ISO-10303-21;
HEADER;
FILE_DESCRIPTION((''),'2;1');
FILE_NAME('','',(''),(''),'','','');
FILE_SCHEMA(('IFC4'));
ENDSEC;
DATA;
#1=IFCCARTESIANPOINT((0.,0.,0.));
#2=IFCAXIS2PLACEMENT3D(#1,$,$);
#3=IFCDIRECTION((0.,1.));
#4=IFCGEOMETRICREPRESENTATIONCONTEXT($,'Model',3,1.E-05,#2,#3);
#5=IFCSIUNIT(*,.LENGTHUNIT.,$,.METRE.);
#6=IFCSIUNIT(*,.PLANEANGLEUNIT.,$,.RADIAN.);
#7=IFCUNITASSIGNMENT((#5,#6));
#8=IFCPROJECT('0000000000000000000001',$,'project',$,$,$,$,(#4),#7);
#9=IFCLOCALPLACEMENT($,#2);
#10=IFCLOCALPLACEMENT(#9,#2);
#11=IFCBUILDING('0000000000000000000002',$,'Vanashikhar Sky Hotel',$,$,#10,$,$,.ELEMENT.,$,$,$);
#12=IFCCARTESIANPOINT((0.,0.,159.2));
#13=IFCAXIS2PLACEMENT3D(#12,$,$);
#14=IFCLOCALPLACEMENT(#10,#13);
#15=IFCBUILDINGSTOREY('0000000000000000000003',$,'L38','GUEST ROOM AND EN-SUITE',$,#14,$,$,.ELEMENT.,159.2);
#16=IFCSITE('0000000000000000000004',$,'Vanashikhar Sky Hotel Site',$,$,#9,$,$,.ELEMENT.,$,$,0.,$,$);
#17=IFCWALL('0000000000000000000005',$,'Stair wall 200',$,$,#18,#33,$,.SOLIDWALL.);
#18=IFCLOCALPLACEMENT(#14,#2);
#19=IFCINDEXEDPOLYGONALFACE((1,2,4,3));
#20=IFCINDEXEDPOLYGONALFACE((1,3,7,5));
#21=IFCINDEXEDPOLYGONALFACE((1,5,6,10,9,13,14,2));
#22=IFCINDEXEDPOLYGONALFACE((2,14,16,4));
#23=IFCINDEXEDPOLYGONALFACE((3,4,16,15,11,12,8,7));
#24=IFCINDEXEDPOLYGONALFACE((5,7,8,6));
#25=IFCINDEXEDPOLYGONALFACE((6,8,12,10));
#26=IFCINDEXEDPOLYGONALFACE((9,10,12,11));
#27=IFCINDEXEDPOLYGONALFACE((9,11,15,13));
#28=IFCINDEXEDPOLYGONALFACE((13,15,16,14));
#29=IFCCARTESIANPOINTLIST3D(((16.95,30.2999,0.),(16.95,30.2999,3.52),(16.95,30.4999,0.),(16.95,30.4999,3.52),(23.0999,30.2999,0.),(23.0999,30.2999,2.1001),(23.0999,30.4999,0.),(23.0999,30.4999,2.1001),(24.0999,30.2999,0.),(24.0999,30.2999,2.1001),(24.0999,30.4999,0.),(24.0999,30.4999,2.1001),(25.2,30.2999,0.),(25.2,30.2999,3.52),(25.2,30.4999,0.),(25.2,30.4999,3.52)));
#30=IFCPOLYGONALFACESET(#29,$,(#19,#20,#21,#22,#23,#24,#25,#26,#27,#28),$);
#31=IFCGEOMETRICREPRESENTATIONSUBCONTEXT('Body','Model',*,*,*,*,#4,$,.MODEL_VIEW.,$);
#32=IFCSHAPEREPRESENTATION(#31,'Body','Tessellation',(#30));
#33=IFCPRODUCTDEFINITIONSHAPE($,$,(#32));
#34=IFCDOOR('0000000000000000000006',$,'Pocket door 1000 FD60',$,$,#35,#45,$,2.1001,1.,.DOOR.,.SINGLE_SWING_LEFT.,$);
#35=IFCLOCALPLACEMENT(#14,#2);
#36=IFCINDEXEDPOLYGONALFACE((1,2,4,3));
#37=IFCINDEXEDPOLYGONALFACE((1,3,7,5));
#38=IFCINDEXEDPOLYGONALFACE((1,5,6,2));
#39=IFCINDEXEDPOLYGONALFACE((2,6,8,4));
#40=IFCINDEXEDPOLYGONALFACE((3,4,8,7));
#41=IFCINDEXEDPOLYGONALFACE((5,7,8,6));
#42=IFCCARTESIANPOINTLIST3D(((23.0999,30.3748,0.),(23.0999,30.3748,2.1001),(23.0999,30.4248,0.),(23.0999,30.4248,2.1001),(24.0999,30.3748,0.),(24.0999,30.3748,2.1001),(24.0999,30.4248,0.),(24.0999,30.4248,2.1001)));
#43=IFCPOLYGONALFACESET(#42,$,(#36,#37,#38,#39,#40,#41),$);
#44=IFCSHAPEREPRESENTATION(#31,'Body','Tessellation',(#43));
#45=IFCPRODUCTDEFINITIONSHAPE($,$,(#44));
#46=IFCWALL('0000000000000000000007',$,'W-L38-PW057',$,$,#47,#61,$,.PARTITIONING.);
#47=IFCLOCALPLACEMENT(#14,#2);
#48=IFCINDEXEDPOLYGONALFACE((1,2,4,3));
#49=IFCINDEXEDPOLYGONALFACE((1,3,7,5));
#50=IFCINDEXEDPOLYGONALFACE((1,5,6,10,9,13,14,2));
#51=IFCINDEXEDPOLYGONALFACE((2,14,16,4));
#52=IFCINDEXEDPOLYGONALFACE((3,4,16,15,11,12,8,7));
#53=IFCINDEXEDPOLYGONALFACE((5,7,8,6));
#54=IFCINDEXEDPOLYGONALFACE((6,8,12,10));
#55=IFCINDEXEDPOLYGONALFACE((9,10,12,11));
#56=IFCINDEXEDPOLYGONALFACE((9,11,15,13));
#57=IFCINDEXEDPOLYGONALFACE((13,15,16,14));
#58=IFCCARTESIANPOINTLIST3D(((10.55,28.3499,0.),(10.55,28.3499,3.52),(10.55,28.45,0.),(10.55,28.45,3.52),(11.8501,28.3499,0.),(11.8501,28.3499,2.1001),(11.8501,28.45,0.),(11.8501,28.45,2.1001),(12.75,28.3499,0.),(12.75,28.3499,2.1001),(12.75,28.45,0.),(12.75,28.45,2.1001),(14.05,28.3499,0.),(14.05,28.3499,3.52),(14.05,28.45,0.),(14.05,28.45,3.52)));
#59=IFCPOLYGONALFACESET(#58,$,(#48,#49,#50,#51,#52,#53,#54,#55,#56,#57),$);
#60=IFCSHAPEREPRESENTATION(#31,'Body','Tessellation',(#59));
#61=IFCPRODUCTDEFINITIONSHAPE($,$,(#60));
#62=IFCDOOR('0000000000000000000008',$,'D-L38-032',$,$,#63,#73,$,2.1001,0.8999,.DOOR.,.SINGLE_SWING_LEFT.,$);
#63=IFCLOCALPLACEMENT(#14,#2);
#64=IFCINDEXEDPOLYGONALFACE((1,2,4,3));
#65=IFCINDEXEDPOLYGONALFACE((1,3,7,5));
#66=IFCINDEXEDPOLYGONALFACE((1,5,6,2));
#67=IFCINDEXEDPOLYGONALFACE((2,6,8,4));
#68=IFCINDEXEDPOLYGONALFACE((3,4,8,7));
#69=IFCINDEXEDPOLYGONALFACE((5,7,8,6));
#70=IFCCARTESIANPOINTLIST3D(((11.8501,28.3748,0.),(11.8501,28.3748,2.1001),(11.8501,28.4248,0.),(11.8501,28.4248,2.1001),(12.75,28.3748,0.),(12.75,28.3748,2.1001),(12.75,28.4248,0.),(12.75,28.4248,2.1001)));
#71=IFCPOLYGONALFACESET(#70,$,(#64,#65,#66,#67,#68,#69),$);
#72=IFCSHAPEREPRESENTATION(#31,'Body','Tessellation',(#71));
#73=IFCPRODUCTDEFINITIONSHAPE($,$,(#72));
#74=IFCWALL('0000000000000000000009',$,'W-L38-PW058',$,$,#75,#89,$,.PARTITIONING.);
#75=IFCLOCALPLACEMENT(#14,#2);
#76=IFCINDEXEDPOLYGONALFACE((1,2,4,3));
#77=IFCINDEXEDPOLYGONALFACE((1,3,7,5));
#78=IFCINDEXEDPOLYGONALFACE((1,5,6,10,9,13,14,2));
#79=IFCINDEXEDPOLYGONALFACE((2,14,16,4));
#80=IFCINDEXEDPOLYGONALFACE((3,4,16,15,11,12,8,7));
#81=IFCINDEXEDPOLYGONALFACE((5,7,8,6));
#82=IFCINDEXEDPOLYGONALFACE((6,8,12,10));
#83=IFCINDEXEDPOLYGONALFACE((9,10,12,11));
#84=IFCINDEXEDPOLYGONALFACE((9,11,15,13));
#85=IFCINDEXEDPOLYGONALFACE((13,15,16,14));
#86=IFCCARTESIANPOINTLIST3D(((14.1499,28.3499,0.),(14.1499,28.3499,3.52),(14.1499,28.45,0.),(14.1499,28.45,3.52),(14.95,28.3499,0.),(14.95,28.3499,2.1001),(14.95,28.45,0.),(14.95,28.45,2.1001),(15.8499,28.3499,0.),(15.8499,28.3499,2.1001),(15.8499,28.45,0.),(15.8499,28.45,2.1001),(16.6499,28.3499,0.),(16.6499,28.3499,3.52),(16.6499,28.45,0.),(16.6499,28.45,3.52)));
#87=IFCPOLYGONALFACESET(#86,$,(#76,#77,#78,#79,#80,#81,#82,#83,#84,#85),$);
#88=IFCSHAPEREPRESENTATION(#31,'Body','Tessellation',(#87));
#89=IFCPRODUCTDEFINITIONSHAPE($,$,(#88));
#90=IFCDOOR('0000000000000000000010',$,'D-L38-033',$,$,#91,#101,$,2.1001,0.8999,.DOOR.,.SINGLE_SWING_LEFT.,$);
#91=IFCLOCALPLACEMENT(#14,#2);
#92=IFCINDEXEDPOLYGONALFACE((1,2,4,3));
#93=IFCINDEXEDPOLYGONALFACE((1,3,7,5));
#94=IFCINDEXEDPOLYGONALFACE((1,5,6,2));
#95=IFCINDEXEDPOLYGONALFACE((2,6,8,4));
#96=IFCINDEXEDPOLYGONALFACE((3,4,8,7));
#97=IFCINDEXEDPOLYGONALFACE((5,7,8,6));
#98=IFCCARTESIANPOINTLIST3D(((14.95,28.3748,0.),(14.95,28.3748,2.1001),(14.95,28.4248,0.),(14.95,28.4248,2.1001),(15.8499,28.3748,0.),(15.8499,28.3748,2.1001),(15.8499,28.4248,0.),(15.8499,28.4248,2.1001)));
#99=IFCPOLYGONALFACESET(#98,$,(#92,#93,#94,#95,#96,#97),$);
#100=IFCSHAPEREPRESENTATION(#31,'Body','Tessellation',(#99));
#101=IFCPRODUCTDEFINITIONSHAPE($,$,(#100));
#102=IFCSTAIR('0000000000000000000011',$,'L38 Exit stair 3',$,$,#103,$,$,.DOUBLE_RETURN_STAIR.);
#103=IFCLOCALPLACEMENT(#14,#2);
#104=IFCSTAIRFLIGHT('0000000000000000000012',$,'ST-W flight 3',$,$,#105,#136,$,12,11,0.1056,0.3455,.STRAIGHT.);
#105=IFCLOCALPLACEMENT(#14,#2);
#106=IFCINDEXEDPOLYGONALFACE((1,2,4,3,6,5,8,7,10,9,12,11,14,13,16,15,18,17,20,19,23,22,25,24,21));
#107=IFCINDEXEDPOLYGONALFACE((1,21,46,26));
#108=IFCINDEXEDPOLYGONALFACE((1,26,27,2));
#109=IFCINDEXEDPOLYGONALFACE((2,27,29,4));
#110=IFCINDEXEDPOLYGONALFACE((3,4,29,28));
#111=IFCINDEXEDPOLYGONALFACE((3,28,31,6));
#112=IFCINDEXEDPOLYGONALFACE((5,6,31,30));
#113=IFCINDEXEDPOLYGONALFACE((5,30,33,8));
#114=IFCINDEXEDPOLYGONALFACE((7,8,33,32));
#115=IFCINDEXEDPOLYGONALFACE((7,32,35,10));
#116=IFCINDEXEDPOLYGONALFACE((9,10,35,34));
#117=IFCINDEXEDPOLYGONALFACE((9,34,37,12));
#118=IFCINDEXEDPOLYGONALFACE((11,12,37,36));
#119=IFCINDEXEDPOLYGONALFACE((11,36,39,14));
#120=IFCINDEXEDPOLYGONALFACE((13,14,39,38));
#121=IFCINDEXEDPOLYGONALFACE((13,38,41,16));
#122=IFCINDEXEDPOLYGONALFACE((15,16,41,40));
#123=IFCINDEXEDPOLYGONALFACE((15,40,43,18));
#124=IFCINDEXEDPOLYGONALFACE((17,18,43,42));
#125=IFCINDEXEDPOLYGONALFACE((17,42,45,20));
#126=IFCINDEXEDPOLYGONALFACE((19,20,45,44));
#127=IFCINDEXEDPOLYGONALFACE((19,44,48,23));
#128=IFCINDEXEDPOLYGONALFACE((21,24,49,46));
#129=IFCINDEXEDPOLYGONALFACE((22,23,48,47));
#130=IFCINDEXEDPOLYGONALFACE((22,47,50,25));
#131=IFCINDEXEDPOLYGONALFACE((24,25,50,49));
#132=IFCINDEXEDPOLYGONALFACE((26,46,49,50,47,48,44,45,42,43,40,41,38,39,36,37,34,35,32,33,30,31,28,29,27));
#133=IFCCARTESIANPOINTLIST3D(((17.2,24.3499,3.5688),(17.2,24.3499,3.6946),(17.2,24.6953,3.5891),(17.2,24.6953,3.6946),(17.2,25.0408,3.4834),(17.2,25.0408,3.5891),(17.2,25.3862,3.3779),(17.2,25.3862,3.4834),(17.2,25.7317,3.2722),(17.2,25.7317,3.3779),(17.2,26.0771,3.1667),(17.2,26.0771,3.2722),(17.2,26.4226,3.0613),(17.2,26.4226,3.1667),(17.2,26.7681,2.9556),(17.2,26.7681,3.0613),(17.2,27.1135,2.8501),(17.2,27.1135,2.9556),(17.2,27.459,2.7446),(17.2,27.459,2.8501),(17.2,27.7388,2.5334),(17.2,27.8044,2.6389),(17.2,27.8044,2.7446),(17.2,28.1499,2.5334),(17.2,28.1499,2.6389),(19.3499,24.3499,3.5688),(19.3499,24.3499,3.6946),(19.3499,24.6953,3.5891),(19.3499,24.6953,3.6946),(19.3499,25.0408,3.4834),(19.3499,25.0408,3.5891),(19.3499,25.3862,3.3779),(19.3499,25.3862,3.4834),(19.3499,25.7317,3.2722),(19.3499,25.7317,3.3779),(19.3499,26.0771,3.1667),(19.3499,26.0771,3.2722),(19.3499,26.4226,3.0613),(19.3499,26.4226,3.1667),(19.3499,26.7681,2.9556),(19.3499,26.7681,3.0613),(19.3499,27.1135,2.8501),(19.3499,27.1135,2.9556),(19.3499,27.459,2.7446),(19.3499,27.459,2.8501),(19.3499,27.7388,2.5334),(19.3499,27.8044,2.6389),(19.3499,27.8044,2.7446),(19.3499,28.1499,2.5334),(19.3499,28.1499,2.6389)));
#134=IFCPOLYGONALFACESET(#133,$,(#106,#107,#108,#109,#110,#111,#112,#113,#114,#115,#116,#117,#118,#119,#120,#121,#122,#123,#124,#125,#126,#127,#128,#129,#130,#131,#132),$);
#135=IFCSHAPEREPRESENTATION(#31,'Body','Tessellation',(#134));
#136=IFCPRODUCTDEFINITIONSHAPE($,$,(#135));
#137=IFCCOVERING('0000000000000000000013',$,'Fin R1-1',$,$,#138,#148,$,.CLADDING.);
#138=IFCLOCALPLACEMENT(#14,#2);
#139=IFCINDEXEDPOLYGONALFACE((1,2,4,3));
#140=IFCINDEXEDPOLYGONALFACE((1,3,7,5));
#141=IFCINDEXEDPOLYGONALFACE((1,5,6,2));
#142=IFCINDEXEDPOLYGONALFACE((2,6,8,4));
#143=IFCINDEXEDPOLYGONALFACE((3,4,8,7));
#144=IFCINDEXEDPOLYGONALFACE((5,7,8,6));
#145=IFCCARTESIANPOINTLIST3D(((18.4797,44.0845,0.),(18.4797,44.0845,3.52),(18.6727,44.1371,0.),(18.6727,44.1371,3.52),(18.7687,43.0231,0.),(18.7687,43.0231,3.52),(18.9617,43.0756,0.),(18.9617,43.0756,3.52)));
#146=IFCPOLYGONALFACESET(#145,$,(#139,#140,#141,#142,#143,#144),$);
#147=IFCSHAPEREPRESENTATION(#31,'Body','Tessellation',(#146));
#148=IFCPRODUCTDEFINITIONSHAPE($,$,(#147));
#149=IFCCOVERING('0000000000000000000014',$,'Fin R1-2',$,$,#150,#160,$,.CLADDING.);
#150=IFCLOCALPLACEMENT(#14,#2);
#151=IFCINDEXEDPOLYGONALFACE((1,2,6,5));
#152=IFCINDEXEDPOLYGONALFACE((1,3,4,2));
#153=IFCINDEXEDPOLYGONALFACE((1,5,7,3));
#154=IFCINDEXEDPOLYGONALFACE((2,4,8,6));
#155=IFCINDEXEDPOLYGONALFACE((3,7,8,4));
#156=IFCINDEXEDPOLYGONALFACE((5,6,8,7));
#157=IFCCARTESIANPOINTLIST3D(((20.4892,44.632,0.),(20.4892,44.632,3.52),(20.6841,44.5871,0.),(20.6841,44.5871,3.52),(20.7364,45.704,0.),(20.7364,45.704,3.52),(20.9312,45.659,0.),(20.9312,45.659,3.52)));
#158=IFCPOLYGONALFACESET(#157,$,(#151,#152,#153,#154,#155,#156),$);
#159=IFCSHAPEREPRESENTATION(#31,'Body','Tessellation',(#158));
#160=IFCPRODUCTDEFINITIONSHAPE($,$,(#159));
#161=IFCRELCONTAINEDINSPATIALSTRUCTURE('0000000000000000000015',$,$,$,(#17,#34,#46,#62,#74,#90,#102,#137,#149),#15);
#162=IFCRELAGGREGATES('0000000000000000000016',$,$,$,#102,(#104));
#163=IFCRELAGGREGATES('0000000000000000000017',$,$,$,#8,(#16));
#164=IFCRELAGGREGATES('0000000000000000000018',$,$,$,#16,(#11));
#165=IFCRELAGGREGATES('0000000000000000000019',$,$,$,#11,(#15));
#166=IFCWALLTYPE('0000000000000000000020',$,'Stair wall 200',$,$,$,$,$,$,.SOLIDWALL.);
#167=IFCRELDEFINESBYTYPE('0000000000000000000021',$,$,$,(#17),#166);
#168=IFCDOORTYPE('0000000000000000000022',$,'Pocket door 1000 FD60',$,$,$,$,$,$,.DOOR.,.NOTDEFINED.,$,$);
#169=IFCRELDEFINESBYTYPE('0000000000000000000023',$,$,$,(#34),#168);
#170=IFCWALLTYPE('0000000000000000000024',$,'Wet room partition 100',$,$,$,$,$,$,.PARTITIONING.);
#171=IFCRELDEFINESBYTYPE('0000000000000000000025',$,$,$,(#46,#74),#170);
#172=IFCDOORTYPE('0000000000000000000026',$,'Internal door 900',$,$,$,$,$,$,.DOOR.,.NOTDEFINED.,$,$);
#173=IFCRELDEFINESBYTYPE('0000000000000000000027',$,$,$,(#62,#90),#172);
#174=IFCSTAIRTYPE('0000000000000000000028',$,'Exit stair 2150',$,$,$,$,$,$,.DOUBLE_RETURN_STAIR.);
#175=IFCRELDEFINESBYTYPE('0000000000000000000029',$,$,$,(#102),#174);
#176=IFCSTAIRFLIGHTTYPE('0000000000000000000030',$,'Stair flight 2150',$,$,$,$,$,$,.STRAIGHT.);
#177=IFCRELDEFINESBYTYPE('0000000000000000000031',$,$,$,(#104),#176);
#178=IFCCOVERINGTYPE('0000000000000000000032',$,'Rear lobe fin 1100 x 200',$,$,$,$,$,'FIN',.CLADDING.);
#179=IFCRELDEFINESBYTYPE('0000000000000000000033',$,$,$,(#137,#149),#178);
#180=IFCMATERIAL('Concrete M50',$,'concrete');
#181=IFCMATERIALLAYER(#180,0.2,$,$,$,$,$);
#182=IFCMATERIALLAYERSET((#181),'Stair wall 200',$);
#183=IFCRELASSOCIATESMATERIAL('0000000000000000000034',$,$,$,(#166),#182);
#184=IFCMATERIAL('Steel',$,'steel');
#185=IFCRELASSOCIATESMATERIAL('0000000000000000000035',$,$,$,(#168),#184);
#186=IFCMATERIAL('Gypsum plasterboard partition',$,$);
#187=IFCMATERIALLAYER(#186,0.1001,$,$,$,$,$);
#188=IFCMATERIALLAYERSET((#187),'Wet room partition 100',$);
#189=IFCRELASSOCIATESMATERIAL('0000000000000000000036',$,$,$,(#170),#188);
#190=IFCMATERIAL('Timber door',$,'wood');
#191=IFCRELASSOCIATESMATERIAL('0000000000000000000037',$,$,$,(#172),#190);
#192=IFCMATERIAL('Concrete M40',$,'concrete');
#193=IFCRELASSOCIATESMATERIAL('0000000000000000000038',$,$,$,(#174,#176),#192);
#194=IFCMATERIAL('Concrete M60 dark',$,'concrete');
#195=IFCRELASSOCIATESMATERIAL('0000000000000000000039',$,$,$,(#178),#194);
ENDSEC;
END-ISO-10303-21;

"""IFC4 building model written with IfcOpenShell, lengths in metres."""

from ifc_helpers import new_model, si_unit, direction, frame, frame_2d, origin, origin_2d, place, context, subcontext, project, spatial, polyline, rectangle, outline, extrude, source, transform, mapped, material, layer, layer_set, material_profile, profile_set, type_object, element, fill, aggregate, save


model = new_model("IFC4")

# Units and contexts
model_context = context("Model", 3, precision=1e-05, world=origin(), true_north=direction((0.0, 1.0)))
body_context = subcontext(model_context, "Body", "Model", "MODEL_VIEW")
ifc_project = project(units=[si_unit("LENGTHUNIT", "METRE"), si_unit("PLANEANGLEUNIT", "RADIAN")], contexts=[model_context])

# Site, building, storey
site_placement = place(None, origin())
site = spatial("IfcSite", under=ifc_project, at=site_placement, Name="Vanashikhar Sky Hotel Site", CompositionType="ELEMENT", RefElevation=0.0)
building_placement = place(site_placement, origin())
building = spatial("IfcBuilding", under=site, at=building_placement, Name="Vanashikhar Sky Hotel", CompositionType="ELEMENT")
storey_placement = place(building_placement, frame((0.0, 0.0, 159.2)))
storey = spatial("IfcBuildingStorey", under=building, at=storey_placement, Name="L38", Description="GUEST ROOM AND EN-SUITE", CompositionType="ELEMENT", Elevation=159.2)

# Shared definitions
ifc_material_1 = material(Name="Concrete M50", Category="concrete")

# Walls, openings, doors
ifc_layer_1 = layer(ifc_material_1, 0.2)
ifc_layer_set_1 = layer_set([ifc_layer_1], Name="Stair wall 200")
wall_type_1 = type_object("IfcWallType", Name="Stair wall 200", PredefinedType="SOLIDWALL", material=ifc_layer_set_1)
shared_shape_1 = source(origin(), body_context, "Body", "SweptSolid", [
    extrude(rectangle(XDim=8.25, YDim=0.2, at=frame_2d((4.125, 0.0))), origin(), (0.0, 0.0, 1.0), 3.52),
])
wall_1_placement = place(storey_placement, frame((16.95, 30.3999, 0.0), z_axis=(0.0, 0.0, 1.0), x_axis=(1.0, 0.0, 0.0)))
wall_1 = element("IfcWall", 1, at=wall_1_placement, inside=storey, type_object=wall_type_1, Name="Stair wall 200", PredefinedType="SOLIDWALL", context=body_context, shape_type="MappedRepresentation", body=[
    mapped(shared_shape_1, transform((0.0, 0.0, 0.0), scale=1.0)),
])
shared_shape_2 = source(origin(), body_context, "Body", "SweptSolid", [
    extrude(rectangle(XDim=1.0, YDim=2.1001, at=frame_2d((0.5, 1.05))), frame((0.0, 0.1099, 0.0), z_axis=(0.0, -1.0, 0.0), x_axis=(1.0, 0.0, 0.0)), (0.0, 0.0, 1.0), 0.22),
])
opening_1_placement = place(wall_1_placement, frame((6.1499, 0.0, 0.0)))
opening_1 = element("IfcOpeningElement", 2, at=opening_1_placement, cuts=wall_1, PredefinedType="OPENING", context=body_context, shape_type="MappedRepresentation", body=[
    mapped(shared_shape_2, transform((0.0, 0.0, 0.0), scale=1.0)),
])
ifc_material_2 = material(Name="Steel", Category="steel")
door_type_1 = type_object("IfcDoorType", Name="Pocket door 1000 FD60", OperationType="NOTDEFINED", PredefinedType="DOOR", material=ifc_material_2)
shared_shape_3 = source(origin(), body_context, "Body", "SweptSolid", [
    extrude(rectangle(XDim=1.0, YDim=2.1001, at=frame_2d((0.5, 1.05))), frame((0.0, 0.0249, 0.0), z_axis=(0.0, -1.0, 0.0), x_axis=(1.0, 0.0, 0.0)), (0.0, 0.0, 1.0), 0.05),
])
door_1_placement = place(opening_1_placement, origin())
door_1 = element("IfcDoor", 3, at=door_1_placement, inside=storey, type_object=door_type_1, Name="Pocket door 1000 FD60", OperationType="SINGLE_SWING_LEFT", OverallHeight=2.1001, OverallWidth=1.0, PredefinedType="DOOR", context=body_context, shape_type="MappedRepresentation", body=[
    mapped(shared_shape_3, transform((0.0, 0.0, 0.0), scale=1.0)),
])
fill(opening_1, door_1)
ifc_material_3 = material(Name="Gypsum plasterboard partition")
ifc_layer_2 = layer(ifc_material_3, 0.1001)
ifc_layer_set_2 = layer_set([ifc_layer_2], Name="Wet room partition 100")
wall_type_2 = type_object("IfcWallType", Name="Wet room partition 100", PredefinedType="PARTITIONING", material=ifc_layer_set_2)
shared_shape_4 = source(origin(), body_context, "Body", "SweptSolid", [
    extrude(rectangle(XDim=3.5, YDim=0.1001, at=frame_2d((1.75, 0.0))), origin(), (0.0, 0.0, 1.0), 3.52),
])
wall_2_placement = place(storey_placement, frame((10.55, 28.3999, 0.0), z_axis=(0.0, 0.0, 1.0), x_axis=(1.0, 0.0, 0.0)))
wall_2 = element("IfcWall", 4, at=wall_2_placement, inside=storey, type_object=wall_type_2, Name="W-L38-PW057", PredefinedType="PARTITIONING", context=body_context, shape_type="MappedRepresentation", body=[
    mapped(shared_shape_4, transform((0.0, 0.0, 0.0), scale=1.0)),
])
shared_shape_5 = source(origin(), body_context, "Body", "SweptSolid", [
    extrude(rectangle(XDim=0.8999, YDim=2.1001, at=frame_2d((0.45, 1.05))), frame((0.0, 0.0601, 0.0), z_axis=(0.0, -1.0, 0.0), x_axis=(1.0, 0.0, 0.0)), (0.0, 0.0, 1.0), 0.1201),
])
opening_2_placement = place(wall_2_placement, frame((1.3, 0.0, 0.0)))
opening_2 = element("IfcOpeningElement", 5, at=opening_2_placement, cuts=wall_2, PredefinedType="OPENING", context=body_context, shape_type="MappedRepresentation", body=[
    mapped(shared_shape_5, transform((0.0, 0.0, 0.0), scale=1.0)),
])
ifc_material_4 = material(Name="Timber door", Category="wood")
door_type_2 = type_object("IfcDoorType", Name="Internal door 900", OperationType="NOTDEFINED", PredefinedType="DOOR", material=ifc_material_4)
shared_shape_6 = source(origin(), body_context, "Body", "SweptSolid", [
    extrude(rectangle(XDim=0.8999, YDim=2.1001, at=frame_2d((0.45, 1.05))), frame((0.0, 0.0249, 0.0), z_axis=(0.0, -1.0, 0.0), x_axis=(1.0, 0.0, 0.0)), (0.0, 0.0, 1.0), 0.05),
])
door_2_placement = place(opening_2_placement, origin())
door_2 = element("IfcDoor", 6, at=door_2_placement, inside=storey, type_object=door_type_2, Name="D-L38-032", OperationType="SINGLE_SWING_LEFT", OverallHeight=2.1001, OverallWidth=0.8999, PredefinedType="DOOR", context=body_context, shape_type="MappedRepresentation", body=[
    mapped(shared_shape_6, transform((0.0, 0.0, 0.0), scale=1.0)),
])
fill(opening_2, door_2)
shared_shape_7 = source(origin(), body_context, "Body", "SweptSolid", [
    extrude(rectangle(XDim=2.5, YDim=0.1001, at=frame_2d((1.25, 0.0))), origin(), (0.0, 0.0, 1.0), 3.52),
])
wall_3_placement = place(storey_placement, frame((14.1499, 28.3999, 0.0), z_axis=(0.0, 0.0, 1.0), x_axis=(1.0, 0.0, 0.0)))
wall_3 = element("IfcWall", 7, at=wall_3_placement, inside=storey, type_object=wall_type_2, Name="W-L38-PW058", PredefinedType="PARTITIONING", context=body_context, shape_type="MappedRepresentation", body=[
    mapped(shared_shape_7, transform((0.0, 0.0, 0.0), scale=1.0)),
])
opening_3_placement = place(wall_3_placement, frame((0.8, 0.0, 0.0)))
opening_3 = element("IfcOpeningElement", 8, at=opening_3_placement, cuts=wall_3, PredefinedType="OPENING", context=body_context, shape_type="MappedRepresentation", body=[
    mapped(shared_shape_5, transform((0.0, 0.0, 0.0), scale=1.0)),
])
door_3_placement = place(opening_3_placement, origin())
door_3 = element("IfcDoor", 9, at=door_3_placement, inside=storey, type_object=door_type_2, Name="D-L38-033", OperationType="SINGLE_SWING_LEFT", OverallHeight=2.1001, OverallWidth=0.8999, PredefinedType="DOOR", context=body_context, shape_type="MappedRepresentation", body=[
    mapped(shared_shape_6, transform((0.0, 0.0, 0.0), scale=1.0)),
])
fill(opening_3, door_3)

# Stair, stair flight
ifc_material_5 = material(Name="Concrete M40", Category="concrete")
stair_type = type_object("IfcStairType", Name="Exit stair 2150", PredefinedType="DOUBLE_RETURN_STAIR", material=ifc_material_5)
stair_placement = place(storey_placement, origin())
stair = element("IfcStair", 10, at=stair_placement, inside=storey, type_object=stair_type, Name="L38 Exit stair 3", PredefinedType="DOUBLE_RETURN_STAIR")
stair_flight_type = type_object("IfcStairFlightType", Name="Stair flight 2150", PredefinedType="STRAIGHT", material=ifc_material_5)
shared_shape_8 = source(origin(), body_context, "Body", "SweptSolid", [
    extrude(outline(polyline([(0.0, 0.0), (0.0, 0.1055), (0.3455, 0.1055), (0.3455, 0.2112), (0.6909, 0.2112), (0.6909, 0.3167), (1.0364, 0.3167), (1.0364, 0.4221), (1.3818, 0.4221), (1.3818, 0.5278), (1.7273, 0.5278), (1.7273, 0.6333), (2.0728, 0.6333), (2.0728, 0.7388), (2.4182, 0.7388), (2.4182, 0.8445), (2.7637, 0.8445), (2.7637, 0.95), (3.1091, 0.95), (3.1091, 1.0557), (3.4546, 1.0557), (3.4546, 1.1611), (3.8, 1.1611), (3.8, 1.2666), (3.8, 1.0354), (0.4111, 0.0), (0.0, 0.0)])), frame((0.0, 1.075, 0.0), z_axis=(0.0, -1.0, 0.0), x_axis=(1.0, 0.0, 0.0)), (0.0, 0.0, 1.0), 2.1499),
])
stair_flight_placement = place(storey_placement, frame((18.2749, 28.1499, 2.5334), z_axis=(0.0, 0.0, 1.0), x_axis=(0.0, -1.0, 0.0)))
stair_flight = element("IfcStairFlight", 11, at=stair_flight_placement, type_object=stair_flight_type, Name="ST-W flight 3", NumberOfRisers=12, NumberOfTreads=11, PredefinedType="STRAIGHT", RiserHeight=0.1056, TreadLength=0.3455, context=body_context, shape_type="MappedRepresentation", body=[
    mapped(shared_shape_8, transform((0.0, 0.0, 0.0), scale=1.0)),
])
aggregate(stair, [stair_flight])

# Coverings
ifc_material_6 = material(Name="Concrete M60 dark", Category="concrete")
ifc_material_profile_1 = material_profile(ifc_material_6, rectangle(XDim=1.1001, YDim=0.2, at=origin_2d()))
ifc_profile_set_1 = profile_set([ifc_material_profile_1], Name="Rear lobe fin 1100 x 200")
covering_type_1 = type_object("IfcCoveringType", Name="Rear lobe fin 1100 x 200", ElementType="FIN", PredefinedType="CLADDING", material=ifc_profile_set_1)
shared_shape_9 = source(origin(), body_context, "Body", "SweptSolid", [
    extrude(rectangle(XDim=1.1001, YDim=0.2, at=origin_2d()), origin(), (0.0, 0.0, 1.0), 3.52),
])
for number, where, z_axis, x_axis, name in (
    (12, (18.7207, 43.5801, 0.0), (0.0, 0.0, 1.0), (-0.262711, 0.964874, 0.0), "Fin R1-1"),
    (13, (20.7102, 45.1455, 0.0), (0.0, 0.0, 1.0), (0.224645, 0.974441, 0.0), "Fin R1-2"),
):
    element("IfcCovering", number, at=place(storey_placement, frame(where, z_axis=z_axis, x_axis=x_axis)), inside=storey, type_object=covering_type_1, Name=name, PredefinedType="CLADDING", context=body_context, shape_type="MappedRepresentation", body=[
        mapped(shared_shape_9, transform((0.0, 0.0, 0.0), scale=1.0)),
    ])

save(model, "model.ifc")
